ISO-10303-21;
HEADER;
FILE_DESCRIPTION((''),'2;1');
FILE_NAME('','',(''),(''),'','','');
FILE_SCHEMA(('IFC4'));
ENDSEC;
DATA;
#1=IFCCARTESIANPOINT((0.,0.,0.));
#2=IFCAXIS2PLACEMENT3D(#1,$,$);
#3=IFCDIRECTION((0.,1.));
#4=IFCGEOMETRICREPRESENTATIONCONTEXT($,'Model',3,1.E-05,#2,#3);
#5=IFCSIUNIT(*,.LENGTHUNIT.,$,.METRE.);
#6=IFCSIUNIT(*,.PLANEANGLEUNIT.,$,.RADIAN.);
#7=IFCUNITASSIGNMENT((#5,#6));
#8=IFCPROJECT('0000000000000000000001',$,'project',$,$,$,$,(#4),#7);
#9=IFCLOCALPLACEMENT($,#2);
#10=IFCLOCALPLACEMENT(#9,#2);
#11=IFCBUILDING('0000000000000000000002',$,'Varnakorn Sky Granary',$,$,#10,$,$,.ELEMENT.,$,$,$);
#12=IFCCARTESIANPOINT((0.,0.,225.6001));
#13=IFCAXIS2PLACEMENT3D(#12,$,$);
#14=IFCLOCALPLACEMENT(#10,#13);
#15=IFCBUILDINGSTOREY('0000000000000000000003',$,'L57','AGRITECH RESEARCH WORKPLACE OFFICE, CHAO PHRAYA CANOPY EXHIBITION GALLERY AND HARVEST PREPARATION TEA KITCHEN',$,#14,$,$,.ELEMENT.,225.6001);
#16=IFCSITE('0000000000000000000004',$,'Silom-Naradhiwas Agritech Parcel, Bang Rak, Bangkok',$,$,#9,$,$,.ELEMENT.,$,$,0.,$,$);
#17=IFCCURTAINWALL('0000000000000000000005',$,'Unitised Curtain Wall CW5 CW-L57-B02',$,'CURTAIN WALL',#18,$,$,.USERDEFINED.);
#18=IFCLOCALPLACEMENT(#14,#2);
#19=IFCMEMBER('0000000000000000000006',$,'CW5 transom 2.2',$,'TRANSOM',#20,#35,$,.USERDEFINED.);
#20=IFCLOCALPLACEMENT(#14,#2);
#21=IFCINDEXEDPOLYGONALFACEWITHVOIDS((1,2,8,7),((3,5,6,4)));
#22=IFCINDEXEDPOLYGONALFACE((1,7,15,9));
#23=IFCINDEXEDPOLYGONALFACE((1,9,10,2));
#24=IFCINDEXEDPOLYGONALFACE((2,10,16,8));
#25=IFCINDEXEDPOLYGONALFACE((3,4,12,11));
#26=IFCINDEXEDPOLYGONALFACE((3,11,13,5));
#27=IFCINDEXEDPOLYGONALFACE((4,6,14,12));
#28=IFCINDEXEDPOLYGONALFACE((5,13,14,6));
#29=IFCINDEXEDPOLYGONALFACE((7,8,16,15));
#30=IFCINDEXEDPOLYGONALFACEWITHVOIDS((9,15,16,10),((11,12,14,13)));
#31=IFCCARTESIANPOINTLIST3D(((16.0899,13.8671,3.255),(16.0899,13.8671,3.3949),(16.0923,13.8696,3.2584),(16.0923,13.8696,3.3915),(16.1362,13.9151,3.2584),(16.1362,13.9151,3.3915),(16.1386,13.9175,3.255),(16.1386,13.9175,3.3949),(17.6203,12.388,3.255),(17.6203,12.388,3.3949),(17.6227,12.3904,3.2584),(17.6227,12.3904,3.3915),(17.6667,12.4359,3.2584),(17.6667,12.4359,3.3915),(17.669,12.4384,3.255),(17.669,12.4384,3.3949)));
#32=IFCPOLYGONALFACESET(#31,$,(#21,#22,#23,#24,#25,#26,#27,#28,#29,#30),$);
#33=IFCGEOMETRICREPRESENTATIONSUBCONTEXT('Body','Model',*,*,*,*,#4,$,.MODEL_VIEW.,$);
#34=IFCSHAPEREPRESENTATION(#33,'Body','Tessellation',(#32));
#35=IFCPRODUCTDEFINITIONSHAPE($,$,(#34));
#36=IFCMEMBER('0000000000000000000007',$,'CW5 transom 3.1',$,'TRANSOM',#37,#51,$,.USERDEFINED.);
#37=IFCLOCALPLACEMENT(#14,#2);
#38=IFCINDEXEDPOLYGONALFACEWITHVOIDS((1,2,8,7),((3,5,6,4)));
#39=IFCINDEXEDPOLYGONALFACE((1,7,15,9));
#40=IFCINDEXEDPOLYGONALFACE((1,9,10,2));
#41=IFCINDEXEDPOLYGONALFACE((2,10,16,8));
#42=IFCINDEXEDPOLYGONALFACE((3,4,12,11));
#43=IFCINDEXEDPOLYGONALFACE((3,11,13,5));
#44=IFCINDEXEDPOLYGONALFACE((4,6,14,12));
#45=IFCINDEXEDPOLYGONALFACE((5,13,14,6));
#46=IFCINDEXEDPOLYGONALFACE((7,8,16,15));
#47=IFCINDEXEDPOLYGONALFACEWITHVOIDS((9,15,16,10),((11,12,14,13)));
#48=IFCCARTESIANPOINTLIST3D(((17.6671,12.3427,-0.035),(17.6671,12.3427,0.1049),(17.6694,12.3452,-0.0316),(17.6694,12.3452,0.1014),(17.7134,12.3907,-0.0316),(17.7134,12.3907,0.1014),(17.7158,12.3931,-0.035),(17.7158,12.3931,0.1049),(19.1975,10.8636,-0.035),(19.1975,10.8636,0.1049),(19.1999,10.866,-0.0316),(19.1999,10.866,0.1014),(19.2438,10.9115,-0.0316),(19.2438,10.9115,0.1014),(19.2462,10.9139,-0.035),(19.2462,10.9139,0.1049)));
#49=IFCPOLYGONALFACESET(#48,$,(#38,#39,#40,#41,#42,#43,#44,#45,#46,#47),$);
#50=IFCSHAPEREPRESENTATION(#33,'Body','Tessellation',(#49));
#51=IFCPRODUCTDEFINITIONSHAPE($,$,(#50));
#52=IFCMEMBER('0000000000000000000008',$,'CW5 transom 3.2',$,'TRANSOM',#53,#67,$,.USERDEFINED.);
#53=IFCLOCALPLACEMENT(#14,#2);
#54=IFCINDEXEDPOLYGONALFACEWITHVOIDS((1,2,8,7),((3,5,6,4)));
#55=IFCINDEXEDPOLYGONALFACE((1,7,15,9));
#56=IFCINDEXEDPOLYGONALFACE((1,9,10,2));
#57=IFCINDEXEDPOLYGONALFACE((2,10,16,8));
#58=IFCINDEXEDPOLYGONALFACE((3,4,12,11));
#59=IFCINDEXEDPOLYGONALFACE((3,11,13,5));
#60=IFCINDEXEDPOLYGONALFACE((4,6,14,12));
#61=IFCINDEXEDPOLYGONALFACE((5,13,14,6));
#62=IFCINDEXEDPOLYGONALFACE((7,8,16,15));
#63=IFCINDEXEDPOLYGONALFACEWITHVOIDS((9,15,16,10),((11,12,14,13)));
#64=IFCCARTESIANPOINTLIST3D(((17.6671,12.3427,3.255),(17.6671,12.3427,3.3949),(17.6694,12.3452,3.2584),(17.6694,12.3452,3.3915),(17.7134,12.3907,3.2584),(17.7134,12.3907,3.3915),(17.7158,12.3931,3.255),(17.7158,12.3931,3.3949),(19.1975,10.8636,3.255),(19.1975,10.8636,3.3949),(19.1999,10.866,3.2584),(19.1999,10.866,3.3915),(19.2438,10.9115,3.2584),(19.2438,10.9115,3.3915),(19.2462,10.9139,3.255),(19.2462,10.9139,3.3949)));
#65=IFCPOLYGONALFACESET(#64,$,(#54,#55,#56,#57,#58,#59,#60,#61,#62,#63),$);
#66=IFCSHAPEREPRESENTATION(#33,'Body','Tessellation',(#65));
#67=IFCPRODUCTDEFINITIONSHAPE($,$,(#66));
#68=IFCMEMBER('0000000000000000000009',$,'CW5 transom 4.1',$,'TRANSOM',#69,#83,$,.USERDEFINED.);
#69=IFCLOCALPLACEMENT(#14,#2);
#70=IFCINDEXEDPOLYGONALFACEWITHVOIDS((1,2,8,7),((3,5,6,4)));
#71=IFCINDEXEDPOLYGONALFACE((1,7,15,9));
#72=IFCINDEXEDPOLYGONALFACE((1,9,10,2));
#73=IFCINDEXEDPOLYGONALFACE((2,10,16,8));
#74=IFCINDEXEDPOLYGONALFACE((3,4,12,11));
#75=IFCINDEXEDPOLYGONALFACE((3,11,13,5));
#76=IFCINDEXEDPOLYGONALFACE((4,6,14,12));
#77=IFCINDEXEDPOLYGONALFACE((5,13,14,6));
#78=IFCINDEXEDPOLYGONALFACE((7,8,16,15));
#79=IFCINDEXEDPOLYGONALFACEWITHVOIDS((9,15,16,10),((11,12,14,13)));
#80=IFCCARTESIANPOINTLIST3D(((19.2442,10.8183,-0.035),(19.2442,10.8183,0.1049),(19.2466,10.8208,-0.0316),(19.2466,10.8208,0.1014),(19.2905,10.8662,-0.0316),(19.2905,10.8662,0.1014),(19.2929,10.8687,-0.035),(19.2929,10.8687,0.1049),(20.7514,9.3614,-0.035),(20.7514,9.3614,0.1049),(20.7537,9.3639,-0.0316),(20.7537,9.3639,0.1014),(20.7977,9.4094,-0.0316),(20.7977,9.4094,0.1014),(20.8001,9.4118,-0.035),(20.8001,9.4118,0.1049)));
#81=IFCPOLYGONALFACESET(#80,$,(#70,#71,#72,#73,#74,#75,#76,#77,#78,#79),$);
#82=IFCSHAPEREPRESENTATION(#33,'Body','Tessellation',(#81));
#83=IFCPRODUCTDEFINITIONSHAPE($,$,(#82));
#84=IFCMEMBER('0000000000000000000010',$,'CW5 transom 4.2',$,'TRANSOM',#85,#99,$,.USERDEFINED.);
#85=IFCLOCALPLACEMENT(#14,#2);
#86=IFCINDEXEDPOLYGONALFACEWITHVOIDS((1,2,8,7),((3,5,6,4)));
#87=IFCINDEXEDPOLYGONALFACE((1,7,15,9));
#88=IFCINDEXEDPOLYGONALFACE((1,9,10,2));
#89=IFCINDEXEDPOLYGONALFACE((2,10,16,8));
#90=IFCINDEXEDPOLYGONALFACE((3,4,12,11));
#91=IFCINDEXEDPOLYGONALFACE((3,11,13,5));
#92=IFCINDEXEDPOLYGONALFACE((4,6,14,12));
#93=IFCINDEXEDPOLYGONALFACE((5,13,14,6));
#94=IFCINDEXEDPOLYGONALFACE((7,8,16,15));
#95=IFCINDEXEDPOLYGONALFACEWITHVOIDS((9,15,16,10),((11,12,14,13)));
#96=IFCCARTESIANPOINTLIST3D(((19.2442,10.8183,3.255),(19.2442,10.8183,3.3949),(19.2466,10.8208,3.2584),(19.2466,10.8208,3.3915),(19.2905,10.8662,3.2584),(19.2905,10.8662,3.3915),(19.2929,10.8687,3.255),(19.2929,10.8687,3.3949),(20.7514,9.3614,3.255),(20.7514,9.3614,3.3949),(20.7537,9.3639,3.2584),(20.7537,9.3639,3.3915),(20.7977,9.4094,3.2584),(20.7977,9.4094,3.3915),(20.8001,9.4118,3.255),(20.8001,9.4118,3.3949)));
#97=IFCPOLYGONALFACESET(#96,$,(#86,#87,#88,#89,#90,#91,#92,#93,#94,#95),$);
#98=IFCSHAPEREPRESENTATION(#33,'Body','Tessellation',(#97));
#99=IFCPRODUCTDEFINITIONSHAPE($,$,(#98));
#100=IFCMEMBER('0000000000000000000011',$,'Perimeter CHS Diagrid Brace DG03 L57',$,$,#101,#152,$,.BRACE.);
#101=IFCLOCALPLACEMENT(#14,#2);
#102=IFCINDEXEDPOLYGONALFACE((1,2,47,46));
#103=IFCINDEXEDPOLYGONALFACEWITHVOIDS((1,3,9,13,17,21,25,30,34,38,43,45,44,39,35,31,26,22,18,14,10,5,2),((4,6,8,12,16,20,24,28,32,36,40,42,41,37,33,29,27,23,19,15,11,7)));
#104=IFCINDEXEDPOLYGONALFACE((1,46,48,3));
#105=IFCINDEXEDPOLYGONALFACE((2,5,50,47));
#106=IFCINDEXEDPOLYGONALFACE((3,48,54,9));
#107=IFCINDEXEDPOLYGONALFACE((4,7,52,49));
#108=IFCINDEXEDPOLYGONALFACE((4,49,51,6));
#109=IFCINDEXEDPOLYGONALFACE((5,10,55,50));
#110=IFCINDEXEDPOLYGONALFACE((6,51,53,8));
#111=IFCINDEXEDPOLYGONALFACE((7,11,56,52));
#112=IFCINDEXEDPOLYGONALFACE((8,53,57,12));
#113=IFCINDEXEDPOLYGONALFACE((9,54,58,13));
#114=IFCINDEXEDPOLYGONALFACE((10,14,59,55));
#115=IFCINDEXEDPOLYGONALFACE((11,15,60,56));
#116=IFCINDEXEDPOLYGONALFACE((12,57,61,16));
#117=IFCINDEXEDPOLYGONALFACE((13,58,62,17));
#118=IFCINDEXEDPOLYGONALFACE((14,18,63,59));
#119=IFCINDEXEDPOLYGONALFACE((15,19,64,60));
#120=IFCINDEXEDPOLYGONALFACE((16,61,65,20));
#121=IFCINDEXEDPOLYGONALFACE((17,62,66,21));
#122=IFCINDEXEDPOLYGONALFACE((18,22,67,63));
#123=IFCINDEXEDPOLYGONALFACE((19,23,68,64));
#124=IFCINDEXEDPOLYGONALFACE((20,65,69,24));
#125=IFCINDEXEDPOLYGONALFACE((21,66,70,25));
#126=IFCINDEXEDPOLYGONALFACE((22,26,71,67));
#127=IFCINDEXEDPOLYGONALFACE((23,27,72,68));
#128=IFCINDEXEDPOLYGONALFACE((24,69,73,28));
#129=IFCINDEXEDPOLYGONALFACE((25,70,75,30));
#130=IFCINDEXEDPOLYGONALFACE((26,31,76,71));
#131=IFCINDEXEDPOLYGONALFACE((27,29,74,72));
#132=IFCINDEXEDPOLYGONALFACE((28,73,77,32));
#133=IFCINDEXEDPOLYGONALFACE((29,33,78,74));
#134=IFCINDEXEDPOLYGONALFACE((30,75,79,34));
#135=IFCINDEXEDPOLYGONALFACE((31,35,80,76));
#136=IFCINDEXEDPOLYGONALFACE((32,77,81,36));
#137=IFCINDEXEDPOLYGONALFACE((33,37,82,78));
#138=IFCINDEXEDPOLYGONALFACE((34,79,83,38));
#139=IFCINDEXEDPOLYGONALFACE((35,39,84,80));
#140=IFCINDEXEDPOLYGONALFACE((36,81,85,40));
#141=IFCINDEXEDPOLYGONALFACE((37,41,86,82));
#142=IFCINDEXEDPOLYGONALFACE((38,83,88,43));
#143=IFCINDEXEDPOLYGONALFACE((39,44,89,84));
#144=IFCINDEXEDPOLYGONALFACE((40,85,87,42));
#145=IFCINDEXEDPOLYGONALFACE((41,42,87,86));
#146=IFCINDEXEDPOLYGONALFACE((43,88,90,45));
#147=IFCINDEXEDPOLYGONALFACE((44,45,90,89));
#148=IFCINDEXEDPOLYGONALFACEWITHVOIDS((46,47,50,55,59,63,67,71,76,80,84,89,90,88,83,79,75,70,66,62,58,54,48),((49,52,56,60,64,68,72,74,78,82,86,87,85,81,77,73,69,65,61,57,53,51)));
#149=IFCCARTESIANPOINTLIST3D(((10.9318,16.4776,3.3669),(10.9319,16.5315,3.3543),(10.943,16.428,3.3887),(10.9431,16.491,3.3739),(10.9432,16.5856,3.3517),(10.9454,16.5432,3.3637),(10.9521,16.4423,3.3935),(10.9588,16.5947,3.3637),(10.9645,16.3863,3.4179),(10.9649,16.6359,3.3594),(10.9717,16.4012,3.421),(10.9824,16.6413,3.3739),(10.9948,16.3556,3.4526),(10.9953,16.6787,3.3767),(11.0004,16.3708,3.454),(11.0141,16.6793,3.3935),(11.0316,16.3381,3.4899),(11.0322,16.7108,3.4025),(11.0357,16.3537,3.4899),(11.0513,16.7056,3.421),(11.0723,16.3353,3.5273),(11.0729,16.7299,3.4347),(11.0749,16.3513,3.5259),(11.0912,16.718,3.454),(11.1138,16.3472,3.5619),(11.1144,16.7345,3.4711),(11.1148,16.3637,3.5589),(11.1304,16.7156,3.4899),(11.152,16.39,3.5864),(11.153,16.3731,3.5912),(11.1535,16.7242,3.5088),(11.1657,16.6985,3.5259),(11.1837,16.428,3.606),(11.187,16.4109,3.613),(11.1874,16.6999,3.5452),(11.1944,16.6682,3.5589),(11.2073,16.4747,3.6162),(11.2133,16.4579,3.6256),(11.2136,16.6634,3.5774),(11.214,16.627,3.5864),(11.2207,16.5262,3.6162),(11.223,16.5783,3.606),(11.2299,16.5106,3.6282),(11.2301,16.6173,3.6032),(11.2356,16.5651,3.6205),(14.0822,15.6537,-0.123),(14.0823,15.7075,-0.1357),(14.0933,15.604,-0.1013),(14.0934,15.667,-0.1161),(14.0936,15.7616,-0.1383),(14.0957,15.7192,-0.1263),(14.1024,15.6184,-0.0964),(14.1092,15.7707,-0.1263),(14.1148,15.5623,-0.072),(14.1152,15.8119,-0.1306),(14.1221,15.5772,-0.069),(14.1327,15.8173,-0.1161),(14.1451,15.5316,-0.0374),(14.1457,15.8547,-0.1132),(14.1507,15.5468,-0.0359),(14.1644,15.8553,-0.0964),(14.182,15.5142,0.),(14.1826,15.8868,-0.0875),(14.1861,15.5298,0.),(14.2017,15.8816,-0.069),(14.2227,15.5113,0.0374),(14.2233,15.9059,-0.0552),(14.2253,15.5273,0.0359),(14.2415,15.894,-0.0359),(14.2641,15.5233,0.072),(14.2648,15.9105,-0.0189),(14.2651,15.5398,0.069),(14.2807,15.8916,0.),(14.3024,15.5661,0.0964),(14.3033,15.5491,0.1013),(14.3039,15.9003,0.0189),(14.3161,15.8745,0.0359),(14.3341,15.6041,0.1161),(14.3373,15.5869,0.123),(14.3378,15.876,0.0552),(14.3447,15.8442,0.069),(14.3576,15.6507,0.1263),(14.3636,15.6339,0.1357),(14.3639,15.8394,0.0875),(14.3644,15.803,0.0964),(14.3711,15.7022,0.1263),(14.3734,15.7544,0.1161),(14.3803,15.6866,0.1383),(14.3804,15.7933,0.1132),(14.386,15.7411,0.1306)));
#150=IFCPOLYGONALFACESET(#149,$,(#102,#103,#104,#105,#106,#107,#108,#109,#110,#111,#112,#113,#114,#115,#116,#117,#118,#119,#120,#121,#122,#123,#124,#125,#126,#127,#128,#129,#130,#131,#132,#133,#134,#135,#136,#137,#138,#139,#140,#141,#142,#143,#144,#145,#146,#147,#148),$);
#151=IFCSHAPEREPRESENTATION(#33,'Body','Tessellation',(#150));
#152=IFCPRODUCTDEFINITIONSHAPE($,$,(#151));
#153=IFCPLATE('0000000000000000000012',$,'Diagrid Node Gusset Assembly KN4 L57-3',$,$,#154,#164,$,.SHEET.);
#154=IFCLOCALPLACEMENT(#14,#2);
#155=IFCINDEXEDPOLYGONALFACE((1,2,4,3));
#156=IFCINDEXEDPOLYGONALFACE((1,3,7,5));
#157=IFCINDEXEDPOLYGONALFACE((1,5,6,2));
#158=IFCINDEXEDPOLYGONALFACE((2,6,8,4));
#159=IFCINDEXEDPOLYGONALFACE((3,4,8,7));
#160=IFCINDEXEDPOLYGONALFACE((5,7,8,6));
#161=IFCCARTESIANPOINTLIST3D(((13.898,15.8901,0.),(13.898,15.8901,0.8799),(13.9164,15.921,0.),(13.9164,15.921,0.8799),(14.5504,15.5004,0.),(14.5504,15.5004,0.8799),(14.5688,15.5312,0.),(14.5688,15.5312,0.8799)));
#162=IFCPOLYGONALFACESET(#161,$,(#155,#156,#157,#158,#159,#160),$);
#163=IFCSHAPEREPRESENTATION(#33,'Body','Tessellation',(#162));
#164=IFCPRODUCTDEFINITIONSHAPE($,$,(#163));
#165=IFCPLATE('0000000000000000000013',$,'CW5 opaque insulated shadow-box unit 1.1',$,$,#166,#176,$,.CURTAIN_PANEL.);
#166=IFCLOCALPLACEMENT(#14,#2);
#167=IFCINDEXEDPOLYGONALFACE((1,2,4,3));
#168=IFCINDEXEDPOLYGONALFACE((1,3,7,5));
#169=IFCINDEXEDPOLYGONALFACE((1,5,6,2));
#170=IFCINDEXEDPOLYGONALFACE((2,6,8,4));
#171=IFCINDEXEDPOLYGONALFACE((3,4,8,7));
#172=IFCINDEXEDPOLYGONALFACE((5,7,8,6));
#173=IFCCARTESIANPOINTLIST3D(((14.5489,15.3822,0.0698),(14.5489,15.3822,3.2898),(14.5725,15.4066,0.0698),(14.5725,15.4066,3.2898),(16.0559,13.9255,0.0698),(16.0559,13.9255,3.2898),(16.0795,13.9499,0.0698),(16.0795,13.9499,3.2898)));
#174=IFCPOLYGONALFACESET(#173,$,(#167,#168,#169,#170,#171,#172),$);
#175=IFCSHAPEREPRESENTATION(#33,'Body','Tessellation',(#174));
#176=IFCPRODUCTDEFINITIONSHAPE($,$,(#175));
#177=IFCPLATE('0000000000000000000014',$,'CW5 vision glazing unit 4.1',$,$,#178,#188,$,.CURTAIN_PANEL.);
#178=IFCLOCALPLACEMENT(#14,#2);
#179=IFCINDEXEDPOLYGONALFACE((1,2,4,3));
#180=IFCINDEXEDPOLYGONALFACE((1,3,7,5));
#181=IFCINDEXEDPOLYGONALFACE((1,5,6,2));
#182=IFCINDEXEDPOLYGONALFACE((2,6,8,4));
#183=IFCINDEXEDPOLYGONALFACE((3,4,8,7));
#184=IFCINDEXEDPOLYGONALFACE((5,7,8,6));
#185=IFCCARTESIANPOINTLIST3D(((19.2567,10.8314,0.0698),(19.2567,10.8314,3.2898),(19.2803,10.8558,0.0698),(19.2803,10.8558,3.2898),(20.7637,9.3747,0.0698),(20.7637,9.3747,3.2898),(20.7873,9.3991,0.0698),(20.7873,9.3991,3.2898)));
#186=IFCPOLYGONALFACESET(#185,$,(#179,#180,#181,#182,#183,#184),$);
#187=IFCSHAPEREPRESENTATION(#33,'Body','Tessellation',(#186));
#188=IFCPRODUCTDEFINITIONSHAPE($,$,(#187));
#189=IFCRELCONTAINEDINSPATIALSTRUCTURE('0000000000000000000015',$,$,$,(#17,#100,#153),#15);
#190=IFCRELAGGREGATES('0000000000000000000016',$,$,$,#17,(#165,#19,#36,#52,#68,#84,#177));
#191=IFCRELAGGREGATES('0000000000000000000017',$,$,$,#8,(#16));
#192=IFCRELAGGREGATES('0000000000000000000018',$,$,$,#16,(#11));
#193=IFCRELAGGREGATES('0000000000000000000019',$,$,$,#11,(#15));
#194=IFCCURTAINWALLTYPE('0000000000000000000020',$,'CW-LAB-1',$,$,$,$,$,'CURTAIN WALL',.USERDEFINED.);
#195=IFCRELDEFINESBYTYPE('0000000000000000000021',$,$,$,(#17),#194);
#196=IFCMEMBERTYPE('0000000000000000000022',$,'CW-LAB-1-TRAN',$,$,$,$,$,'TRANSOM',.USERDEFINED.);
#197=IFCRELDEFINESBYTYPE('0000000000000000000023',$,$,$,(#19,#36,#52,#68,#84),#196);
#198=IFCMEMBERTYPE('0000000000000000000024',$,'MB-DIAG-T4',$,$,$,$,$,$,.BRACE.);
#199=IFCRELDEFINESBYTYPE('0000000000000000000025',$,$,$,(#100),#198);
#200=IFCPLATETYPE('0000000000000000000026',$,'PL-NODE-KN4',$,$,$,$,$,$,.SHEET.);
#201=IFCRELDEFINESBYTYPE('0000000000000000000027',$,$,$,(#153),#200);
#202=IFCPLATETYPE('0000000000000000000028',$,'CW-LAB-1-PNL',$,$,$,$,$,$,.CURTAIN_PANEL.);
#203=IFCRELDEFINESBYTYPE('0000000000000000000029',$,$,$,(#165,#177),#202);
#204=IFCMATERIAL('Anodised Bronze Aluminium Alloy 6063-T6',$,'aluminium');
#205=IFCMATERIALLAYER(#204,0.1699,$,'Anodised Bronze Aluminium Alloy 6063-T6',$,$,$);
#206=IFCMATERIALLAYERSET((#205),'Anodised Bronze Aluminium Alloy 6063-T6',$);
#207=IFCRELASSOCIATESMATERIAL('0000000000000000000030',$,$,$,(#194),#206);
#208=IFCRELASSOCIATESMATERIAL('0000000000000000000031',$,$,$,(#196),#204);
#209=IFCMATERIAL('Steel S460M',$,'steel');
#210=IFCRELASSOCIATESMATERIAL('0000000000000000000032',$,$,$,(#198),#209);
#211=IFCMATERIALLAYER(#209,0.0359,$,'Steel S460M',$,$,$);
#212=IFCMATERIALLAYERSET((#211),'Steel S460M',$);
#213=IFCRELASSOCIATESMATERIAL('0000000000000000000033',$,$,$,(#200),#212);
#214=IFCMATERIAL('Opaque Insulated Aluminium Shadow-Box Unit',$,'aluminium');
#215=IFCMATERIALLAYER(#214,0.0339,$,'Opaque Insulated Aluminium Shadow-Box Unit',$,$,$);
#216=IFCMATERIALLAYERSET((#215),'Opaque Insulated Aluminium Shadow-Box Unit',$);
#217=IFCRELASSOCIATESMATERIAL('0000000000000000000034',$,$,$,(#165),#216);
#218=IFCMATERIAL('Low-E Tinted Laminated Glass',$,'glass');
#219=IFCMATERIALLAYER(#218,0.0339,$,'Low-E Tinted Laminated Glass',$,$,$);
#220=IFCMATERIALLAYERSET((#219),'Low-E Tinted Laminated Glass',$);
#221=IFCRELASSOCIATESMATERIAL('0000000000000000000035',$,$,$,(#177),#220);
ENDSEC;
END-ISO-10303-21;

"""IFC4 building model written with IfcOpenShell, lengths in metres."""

from ifc_helpers import new_model, si_unit, direction, frame, origin, origin_2d, place, context, subcontext, project, spatial, rectangle, hollow_rectangle, hollow_circle, extrude, source, transform, mapped, material, layer, layer_set, material_profile, profile_set, type_object, element, aggregate, save


model = new_model("IFC4")

# Units and contexts
model_context = context("Model", 3, precision=1e-05, world=origin(), true_north=direction((0.0, 1.0)))
body_context = subcontext(model_context, "Body", "Model", "MODEL_VIEW")
ifc_project = project(units=[si_unit("LENGTHUNIT", "METRE"), si_unit("PLANEANGLEUNIT", "RADIAN")], contexts=[model_context])

# Site, building, storey
site_placement = place(None, origin())
site = spatial("IfcSite", under=ifc_project, at=site_placement, Name="Silom-Naradhiwas Agritech Parcel, Bang Rak, Bangkok", CompositionType="ELEMENT", RefElevation=0.0)
building_placement = place(site_placement, origin())
building = spatial("IfcBuilding", under=site, at=building_placement, Name="Varnakorn Sky Granary", CompositionType="ELEMENT")
storey_placement = place(building_placement, frame((0.0, 0.0, 225.6001)))
storey = spatial("IfcBuildingStorey", under=building, at=storey_placement, Name="L57", Description="AGRITECH RESEARCH WORKPLACE OFFICE, CHAO PHRAYA CANOPY EXHIBITION GALLERY AND HARVEST PREPARATION TEA KITCHEN", CompositionType="ELEMENT", Elevation=225.6001)

# Curtain wall, members
ifc_material_1 = material(Name="Anodised Bronze Aluminium Alloy 6063-T6", Category="aluminium")
ifc_layer_1 = layer(ifc_material_1, 0.1699, Name="Anodised Bronze Aluminium Alloy 6063-T6")
ifc_layer_set_1 = layer_set([ifc_layer_1], Name="Anodised Bronze Aluminium Alloy 6063-T6")
curtain_wall_type = type_object("IfcCurtainWallType", Name="CW-LAB-1", ElementType="CURTAIN WALL", PredefinedType="USERDEFINED", material=ifc_layer_set_1)
curtain_wall_placement = place(storey_placement, origin())
curtain_wall = element("IfcCurtainWall", 1, at=curtain_wall_placement, inside=storey, type_object=curtain_wall_type, Name="Unitised Curtain Wall CW5 CW-L57-B02", ObjectType="CURTAIN WALL", PredefinedType="USERDEFINED")
ifc_material_profile_1 = material_profile(ifc_material_1, hollow_rectangle(XDim=0.0701, YDim=0.1399, WallThickness=0.0034, at=origin_2d()), Name="ALU TRAN 70x140")
ifc_profile_set_1 = profile_set([ifc_material_profile_1], Name="Anodised Bronze Aluminium Alloy 6063-T6")
member_type_1 = type_object("IfcMemberType", Name="CW-LAB-1-TRAN", ElementType="TRANSOM", PredefinedType="USERDEFINED", material=ifc_profile_set_1)
member_1_placement = place(storey_placement, frame((16.1143, 13.8923, 3.325), z_axis=(0.719048, -0.694961, 0.0), x_axis=(0.694961, 0.719048, 0.0)))
member_1 = element("IfcMember", 2, at=member_1_placement, type_object=member_type_1, Name="CW5 transom 2.2", ObjectType="TRANSOM", PredefinedType="USERDEFINED", context=body_context, shape_type="SweptSolid", body=[
    extrude(hollow_rectangle(XDim=0.0701, YDim=0.1399, WallThickness=0.0034, at=origin_2d()), origin(), (0.0, 0.0, 1.0), 2.1284),
])
member_2_placement = place(storey_placement, frame((17.6914, 12.3679, 0.0349), z_axis=(0.719048, -0.694961, 0.0), x_axis=(0.694961, 0.719048, 0.0)))
member_2 = element("IfcMember", 3, at=member_2_placement, type_object=member_type_1, Name="CW5 transom 3.1", ObjectType="TRANSOM", PredefinedType="USERDEFINED", context=body_context, shape_type="SweptSolid", body=[
    extrude(hollow_rectangle(XDim=0.0701, YDim=0.1399, WallThickness=0.0034, at=origin_2d()), origin(), (0.0, 0.0, 1.0), 2.1284),
])
member_3_placement = place(storey_placement, frame((17.6914, 12.3679, 3.325), z_axis=(0.719048, -0.694961, 0.0), x_axis=(0.694961, 0.719048, 0.0)))
member_3 = element("IfcMember", 4, at=member_3_placement, type_object=member_type_1, Name="CW5 transom 3.2", ObjectType="TRANSOM", PredefinedType="USERDEFINED", context=body_context, shape_type="SweptSolid", body=[
    extrude(hollow_rectangle(XDim=0.0701, YDim=0.1399, WallThickness=0.0034, at=origin_2d()), origin(), (0.0, 0.0, 1.0), 2.1284),
])
member_4_placement = place(storey_placement, frame((19.2686, 10.8435, 0.0349), z_axis=(0.719002, -0.695008, 0.0), x_axis=(0.695008, 0.719002, 0.0)))
member_4 = element("IfcMember", 5, at=member_4_placement, type_object=member_type_1, Name="CW5 transom 4.1", ObjectType="TRANSOM", PredefinedType="USERDEFINED", context=body_context, shape_type="SweptSolid", body=[
    extrude(hollow_rectangle(XDim=0.0701, YDim=0.1399, WallThickness=0.0034, at=origin_2d()), origin(), (0.0, 0.0, 1.0), 2.0962),
])
member_5_placement = place(storey_placement, frame((19.2686, 10.8435, 3.325), z_axis=(0.719002, -0.695008, 0.0), x_axis=(0.695008, 0.719002, 0.0)))
member_5 = element("IfcMember", 6, at=member_5_placement, type_object=member_type_1, Name="CW5 transom 4.2", ObjectType="TRANSOM", PredefinedType="USERDEFINED", context=body_context, shape_type="SweptSolid", body=[
    extrude(hollow_rectangle(XDim=0.0701, YDim=0.1399, WallThickness=0.0034, at=origin_2d()), origin(), (0.0, 0.0, 1.0), 2.0962),
])

# Member
ifc_material_2 = material(Name="Steel S460M", Category="steel")
ifc_material_profile_2 = material_profile(ifc_material_2, hollow_circle(Radius=0.2031, WallThickness=0.0161, at=origin_2d()), Name="CHS 406.4x16")
ifc_profile_set_2 = profile_set([ifc_material_profile_2], Name="Steel S460M")
member_type_2 = type_object("IfcMemberType", Name="MB-DIAG-T4", PredefinedType="BRACE", material=ifc_profile_set_2)
member_6_placement = place(storey_placement, frame((14.2334, 15.7107, 0.0), z_axis=(-0.660009, 0.172623, 0.731156), x_axis=(-0.253035, -0.967457, 0.0)))
element("IfcMember", 7, at=member_6_placement, inside=storey, type_object=member_type_2, Name="Perimeter CHS Diagrid Brace DG03 L57", PredefinedType="BRACE", context=body_context, shape_type="SweptSolid", body=[
    extrude(hollow_circle(Radius=0.2031, WallThickness=0.0161, at=origin_2d()), origin(), (0.0, 0.0, 1.0), 4.7732),
])

# Plates
ifc_layer_2 = layer(ifc_material_2, 0.0359, Name="Steel S460M")
ifc_layer_set_2 = layer_set([ifc_layer_2], Name="Steel S460M")
plate_type_1 = type_object("IfcPlateType", Name="PL-NODE-KN4", PredefinedType="SHEET", material=ifc_layer_set_2)
plate_1_placement = place(storey_placement, frame((14.2334, 15.7107, 0.0), z_axis=(0.0, 0.0, 1.0), x_axis=(-0.858524, 0.512773, 0.0)))
element("IfcPlate", 8, at=plate_1_placement, inside=storey, type_object=plate_type_1, Name="Diagrid Node Gusset Assembly KN4 L57-3", PredefinedType="SHEET", context=body_context, shape_type="SweptSolid", body=[
    extrude(rectangle(XDim=0.76, YDim=0.0359, at=origin_2d()), origin(), (0.0, 0.0, 1.0), 0.8799),
])
ifc_material_3 = material(Name="Opaque Insulated Aluminium Shadow-Box Unit", Category="aluminium")
ifc_layer_3 = layer(ifc_material_3, 0.0339, Name="Opaque Insulated Aluminium Shadow-Box Unit")
ifc_layer_set_3 = layer_set([ifc_layer_3], Name="Opaque Insulated Aluminium Shadow-Box Unit")
plate_type_2 = type_object("IfcPlateType", Name="CW-LAB-1-PNL", PredefinedType="CURTAIN_PANEL")
shared_shape_1 = source(origin(), body_context, "Body", "SweptSolid", [
    extrude(rectangle(XDim=2.0959, YDim=0.0339, at=origin_2d()), origin(), (0.0, 0.0, 1.0), 3.22),
])
plate_2_placement = place(storey_placement, frame((15.3142, 14.666, 0.0698), z_axis=(0.0, 0.0, 1.0), x_axis=(0.719001, -0.695009, 0.0)))
plate_2 = element("IfcPlate", 9, at=plate_2_placement, type_object=plate_type_2, material=ifc_layer_set_3, Name="CW5 opaque insulated shadow-box unit 1.1", PredefinedType="CURTAIN_PANEL", context=body_context, shape_type="MappedRepresentation", body=[
    mapped(shared_shape_1, transform((0.0, 0.0, 0.0), x_axis=(1.0, 0.0, 0.0), y_axis=(0.0, 1.0, 0.0), z_axis=(0.0, 0.0, 1.0), scale=1.0)),
])
ifc_material_4 = material(Name="Low-E Tinted Laminated Glass", Category="glass")
ifc_layer_4 = layer(ifc_material_4, 0.0339, Name="Low-E Tinted Laminated Glass")
ifc_layer_set_4 = layer_set([ifc_layer_4], Name="Low-E Tinted Laminated Glass")
plate_3_placement = place(storey_placement, frame((20.022, 10.1152, 0.0698), z_axis=(0.0, 0.0, 1.0), x_axis=(0.719001, -0.695009, 0.0)))
plate_3 = element("IfcPlate", 10, at=plate_3_placement, type_object=plate_type_2, material=ifc_layer_set_4, Name="CW5 vision glazing unit 4.1", PredefinedType="CURTAIN_PANEL", context=body_context, shape_type="MappedRepresentation", body=[
    mapped(shared_shape_1, transform((0.0, 0.0, 0.0), x_axis=(1.0, 0.0, 0.0), y_axis=(0.0, 1.0, 0.0), z_axis=(0.0, 0.0, 1.0), scale=1.0)),
])
aggregate(curtain_wall, [plate_2, member_1, member_2, member_3, member_4, member_5, plate_3])

save(model, "model.ifc")
